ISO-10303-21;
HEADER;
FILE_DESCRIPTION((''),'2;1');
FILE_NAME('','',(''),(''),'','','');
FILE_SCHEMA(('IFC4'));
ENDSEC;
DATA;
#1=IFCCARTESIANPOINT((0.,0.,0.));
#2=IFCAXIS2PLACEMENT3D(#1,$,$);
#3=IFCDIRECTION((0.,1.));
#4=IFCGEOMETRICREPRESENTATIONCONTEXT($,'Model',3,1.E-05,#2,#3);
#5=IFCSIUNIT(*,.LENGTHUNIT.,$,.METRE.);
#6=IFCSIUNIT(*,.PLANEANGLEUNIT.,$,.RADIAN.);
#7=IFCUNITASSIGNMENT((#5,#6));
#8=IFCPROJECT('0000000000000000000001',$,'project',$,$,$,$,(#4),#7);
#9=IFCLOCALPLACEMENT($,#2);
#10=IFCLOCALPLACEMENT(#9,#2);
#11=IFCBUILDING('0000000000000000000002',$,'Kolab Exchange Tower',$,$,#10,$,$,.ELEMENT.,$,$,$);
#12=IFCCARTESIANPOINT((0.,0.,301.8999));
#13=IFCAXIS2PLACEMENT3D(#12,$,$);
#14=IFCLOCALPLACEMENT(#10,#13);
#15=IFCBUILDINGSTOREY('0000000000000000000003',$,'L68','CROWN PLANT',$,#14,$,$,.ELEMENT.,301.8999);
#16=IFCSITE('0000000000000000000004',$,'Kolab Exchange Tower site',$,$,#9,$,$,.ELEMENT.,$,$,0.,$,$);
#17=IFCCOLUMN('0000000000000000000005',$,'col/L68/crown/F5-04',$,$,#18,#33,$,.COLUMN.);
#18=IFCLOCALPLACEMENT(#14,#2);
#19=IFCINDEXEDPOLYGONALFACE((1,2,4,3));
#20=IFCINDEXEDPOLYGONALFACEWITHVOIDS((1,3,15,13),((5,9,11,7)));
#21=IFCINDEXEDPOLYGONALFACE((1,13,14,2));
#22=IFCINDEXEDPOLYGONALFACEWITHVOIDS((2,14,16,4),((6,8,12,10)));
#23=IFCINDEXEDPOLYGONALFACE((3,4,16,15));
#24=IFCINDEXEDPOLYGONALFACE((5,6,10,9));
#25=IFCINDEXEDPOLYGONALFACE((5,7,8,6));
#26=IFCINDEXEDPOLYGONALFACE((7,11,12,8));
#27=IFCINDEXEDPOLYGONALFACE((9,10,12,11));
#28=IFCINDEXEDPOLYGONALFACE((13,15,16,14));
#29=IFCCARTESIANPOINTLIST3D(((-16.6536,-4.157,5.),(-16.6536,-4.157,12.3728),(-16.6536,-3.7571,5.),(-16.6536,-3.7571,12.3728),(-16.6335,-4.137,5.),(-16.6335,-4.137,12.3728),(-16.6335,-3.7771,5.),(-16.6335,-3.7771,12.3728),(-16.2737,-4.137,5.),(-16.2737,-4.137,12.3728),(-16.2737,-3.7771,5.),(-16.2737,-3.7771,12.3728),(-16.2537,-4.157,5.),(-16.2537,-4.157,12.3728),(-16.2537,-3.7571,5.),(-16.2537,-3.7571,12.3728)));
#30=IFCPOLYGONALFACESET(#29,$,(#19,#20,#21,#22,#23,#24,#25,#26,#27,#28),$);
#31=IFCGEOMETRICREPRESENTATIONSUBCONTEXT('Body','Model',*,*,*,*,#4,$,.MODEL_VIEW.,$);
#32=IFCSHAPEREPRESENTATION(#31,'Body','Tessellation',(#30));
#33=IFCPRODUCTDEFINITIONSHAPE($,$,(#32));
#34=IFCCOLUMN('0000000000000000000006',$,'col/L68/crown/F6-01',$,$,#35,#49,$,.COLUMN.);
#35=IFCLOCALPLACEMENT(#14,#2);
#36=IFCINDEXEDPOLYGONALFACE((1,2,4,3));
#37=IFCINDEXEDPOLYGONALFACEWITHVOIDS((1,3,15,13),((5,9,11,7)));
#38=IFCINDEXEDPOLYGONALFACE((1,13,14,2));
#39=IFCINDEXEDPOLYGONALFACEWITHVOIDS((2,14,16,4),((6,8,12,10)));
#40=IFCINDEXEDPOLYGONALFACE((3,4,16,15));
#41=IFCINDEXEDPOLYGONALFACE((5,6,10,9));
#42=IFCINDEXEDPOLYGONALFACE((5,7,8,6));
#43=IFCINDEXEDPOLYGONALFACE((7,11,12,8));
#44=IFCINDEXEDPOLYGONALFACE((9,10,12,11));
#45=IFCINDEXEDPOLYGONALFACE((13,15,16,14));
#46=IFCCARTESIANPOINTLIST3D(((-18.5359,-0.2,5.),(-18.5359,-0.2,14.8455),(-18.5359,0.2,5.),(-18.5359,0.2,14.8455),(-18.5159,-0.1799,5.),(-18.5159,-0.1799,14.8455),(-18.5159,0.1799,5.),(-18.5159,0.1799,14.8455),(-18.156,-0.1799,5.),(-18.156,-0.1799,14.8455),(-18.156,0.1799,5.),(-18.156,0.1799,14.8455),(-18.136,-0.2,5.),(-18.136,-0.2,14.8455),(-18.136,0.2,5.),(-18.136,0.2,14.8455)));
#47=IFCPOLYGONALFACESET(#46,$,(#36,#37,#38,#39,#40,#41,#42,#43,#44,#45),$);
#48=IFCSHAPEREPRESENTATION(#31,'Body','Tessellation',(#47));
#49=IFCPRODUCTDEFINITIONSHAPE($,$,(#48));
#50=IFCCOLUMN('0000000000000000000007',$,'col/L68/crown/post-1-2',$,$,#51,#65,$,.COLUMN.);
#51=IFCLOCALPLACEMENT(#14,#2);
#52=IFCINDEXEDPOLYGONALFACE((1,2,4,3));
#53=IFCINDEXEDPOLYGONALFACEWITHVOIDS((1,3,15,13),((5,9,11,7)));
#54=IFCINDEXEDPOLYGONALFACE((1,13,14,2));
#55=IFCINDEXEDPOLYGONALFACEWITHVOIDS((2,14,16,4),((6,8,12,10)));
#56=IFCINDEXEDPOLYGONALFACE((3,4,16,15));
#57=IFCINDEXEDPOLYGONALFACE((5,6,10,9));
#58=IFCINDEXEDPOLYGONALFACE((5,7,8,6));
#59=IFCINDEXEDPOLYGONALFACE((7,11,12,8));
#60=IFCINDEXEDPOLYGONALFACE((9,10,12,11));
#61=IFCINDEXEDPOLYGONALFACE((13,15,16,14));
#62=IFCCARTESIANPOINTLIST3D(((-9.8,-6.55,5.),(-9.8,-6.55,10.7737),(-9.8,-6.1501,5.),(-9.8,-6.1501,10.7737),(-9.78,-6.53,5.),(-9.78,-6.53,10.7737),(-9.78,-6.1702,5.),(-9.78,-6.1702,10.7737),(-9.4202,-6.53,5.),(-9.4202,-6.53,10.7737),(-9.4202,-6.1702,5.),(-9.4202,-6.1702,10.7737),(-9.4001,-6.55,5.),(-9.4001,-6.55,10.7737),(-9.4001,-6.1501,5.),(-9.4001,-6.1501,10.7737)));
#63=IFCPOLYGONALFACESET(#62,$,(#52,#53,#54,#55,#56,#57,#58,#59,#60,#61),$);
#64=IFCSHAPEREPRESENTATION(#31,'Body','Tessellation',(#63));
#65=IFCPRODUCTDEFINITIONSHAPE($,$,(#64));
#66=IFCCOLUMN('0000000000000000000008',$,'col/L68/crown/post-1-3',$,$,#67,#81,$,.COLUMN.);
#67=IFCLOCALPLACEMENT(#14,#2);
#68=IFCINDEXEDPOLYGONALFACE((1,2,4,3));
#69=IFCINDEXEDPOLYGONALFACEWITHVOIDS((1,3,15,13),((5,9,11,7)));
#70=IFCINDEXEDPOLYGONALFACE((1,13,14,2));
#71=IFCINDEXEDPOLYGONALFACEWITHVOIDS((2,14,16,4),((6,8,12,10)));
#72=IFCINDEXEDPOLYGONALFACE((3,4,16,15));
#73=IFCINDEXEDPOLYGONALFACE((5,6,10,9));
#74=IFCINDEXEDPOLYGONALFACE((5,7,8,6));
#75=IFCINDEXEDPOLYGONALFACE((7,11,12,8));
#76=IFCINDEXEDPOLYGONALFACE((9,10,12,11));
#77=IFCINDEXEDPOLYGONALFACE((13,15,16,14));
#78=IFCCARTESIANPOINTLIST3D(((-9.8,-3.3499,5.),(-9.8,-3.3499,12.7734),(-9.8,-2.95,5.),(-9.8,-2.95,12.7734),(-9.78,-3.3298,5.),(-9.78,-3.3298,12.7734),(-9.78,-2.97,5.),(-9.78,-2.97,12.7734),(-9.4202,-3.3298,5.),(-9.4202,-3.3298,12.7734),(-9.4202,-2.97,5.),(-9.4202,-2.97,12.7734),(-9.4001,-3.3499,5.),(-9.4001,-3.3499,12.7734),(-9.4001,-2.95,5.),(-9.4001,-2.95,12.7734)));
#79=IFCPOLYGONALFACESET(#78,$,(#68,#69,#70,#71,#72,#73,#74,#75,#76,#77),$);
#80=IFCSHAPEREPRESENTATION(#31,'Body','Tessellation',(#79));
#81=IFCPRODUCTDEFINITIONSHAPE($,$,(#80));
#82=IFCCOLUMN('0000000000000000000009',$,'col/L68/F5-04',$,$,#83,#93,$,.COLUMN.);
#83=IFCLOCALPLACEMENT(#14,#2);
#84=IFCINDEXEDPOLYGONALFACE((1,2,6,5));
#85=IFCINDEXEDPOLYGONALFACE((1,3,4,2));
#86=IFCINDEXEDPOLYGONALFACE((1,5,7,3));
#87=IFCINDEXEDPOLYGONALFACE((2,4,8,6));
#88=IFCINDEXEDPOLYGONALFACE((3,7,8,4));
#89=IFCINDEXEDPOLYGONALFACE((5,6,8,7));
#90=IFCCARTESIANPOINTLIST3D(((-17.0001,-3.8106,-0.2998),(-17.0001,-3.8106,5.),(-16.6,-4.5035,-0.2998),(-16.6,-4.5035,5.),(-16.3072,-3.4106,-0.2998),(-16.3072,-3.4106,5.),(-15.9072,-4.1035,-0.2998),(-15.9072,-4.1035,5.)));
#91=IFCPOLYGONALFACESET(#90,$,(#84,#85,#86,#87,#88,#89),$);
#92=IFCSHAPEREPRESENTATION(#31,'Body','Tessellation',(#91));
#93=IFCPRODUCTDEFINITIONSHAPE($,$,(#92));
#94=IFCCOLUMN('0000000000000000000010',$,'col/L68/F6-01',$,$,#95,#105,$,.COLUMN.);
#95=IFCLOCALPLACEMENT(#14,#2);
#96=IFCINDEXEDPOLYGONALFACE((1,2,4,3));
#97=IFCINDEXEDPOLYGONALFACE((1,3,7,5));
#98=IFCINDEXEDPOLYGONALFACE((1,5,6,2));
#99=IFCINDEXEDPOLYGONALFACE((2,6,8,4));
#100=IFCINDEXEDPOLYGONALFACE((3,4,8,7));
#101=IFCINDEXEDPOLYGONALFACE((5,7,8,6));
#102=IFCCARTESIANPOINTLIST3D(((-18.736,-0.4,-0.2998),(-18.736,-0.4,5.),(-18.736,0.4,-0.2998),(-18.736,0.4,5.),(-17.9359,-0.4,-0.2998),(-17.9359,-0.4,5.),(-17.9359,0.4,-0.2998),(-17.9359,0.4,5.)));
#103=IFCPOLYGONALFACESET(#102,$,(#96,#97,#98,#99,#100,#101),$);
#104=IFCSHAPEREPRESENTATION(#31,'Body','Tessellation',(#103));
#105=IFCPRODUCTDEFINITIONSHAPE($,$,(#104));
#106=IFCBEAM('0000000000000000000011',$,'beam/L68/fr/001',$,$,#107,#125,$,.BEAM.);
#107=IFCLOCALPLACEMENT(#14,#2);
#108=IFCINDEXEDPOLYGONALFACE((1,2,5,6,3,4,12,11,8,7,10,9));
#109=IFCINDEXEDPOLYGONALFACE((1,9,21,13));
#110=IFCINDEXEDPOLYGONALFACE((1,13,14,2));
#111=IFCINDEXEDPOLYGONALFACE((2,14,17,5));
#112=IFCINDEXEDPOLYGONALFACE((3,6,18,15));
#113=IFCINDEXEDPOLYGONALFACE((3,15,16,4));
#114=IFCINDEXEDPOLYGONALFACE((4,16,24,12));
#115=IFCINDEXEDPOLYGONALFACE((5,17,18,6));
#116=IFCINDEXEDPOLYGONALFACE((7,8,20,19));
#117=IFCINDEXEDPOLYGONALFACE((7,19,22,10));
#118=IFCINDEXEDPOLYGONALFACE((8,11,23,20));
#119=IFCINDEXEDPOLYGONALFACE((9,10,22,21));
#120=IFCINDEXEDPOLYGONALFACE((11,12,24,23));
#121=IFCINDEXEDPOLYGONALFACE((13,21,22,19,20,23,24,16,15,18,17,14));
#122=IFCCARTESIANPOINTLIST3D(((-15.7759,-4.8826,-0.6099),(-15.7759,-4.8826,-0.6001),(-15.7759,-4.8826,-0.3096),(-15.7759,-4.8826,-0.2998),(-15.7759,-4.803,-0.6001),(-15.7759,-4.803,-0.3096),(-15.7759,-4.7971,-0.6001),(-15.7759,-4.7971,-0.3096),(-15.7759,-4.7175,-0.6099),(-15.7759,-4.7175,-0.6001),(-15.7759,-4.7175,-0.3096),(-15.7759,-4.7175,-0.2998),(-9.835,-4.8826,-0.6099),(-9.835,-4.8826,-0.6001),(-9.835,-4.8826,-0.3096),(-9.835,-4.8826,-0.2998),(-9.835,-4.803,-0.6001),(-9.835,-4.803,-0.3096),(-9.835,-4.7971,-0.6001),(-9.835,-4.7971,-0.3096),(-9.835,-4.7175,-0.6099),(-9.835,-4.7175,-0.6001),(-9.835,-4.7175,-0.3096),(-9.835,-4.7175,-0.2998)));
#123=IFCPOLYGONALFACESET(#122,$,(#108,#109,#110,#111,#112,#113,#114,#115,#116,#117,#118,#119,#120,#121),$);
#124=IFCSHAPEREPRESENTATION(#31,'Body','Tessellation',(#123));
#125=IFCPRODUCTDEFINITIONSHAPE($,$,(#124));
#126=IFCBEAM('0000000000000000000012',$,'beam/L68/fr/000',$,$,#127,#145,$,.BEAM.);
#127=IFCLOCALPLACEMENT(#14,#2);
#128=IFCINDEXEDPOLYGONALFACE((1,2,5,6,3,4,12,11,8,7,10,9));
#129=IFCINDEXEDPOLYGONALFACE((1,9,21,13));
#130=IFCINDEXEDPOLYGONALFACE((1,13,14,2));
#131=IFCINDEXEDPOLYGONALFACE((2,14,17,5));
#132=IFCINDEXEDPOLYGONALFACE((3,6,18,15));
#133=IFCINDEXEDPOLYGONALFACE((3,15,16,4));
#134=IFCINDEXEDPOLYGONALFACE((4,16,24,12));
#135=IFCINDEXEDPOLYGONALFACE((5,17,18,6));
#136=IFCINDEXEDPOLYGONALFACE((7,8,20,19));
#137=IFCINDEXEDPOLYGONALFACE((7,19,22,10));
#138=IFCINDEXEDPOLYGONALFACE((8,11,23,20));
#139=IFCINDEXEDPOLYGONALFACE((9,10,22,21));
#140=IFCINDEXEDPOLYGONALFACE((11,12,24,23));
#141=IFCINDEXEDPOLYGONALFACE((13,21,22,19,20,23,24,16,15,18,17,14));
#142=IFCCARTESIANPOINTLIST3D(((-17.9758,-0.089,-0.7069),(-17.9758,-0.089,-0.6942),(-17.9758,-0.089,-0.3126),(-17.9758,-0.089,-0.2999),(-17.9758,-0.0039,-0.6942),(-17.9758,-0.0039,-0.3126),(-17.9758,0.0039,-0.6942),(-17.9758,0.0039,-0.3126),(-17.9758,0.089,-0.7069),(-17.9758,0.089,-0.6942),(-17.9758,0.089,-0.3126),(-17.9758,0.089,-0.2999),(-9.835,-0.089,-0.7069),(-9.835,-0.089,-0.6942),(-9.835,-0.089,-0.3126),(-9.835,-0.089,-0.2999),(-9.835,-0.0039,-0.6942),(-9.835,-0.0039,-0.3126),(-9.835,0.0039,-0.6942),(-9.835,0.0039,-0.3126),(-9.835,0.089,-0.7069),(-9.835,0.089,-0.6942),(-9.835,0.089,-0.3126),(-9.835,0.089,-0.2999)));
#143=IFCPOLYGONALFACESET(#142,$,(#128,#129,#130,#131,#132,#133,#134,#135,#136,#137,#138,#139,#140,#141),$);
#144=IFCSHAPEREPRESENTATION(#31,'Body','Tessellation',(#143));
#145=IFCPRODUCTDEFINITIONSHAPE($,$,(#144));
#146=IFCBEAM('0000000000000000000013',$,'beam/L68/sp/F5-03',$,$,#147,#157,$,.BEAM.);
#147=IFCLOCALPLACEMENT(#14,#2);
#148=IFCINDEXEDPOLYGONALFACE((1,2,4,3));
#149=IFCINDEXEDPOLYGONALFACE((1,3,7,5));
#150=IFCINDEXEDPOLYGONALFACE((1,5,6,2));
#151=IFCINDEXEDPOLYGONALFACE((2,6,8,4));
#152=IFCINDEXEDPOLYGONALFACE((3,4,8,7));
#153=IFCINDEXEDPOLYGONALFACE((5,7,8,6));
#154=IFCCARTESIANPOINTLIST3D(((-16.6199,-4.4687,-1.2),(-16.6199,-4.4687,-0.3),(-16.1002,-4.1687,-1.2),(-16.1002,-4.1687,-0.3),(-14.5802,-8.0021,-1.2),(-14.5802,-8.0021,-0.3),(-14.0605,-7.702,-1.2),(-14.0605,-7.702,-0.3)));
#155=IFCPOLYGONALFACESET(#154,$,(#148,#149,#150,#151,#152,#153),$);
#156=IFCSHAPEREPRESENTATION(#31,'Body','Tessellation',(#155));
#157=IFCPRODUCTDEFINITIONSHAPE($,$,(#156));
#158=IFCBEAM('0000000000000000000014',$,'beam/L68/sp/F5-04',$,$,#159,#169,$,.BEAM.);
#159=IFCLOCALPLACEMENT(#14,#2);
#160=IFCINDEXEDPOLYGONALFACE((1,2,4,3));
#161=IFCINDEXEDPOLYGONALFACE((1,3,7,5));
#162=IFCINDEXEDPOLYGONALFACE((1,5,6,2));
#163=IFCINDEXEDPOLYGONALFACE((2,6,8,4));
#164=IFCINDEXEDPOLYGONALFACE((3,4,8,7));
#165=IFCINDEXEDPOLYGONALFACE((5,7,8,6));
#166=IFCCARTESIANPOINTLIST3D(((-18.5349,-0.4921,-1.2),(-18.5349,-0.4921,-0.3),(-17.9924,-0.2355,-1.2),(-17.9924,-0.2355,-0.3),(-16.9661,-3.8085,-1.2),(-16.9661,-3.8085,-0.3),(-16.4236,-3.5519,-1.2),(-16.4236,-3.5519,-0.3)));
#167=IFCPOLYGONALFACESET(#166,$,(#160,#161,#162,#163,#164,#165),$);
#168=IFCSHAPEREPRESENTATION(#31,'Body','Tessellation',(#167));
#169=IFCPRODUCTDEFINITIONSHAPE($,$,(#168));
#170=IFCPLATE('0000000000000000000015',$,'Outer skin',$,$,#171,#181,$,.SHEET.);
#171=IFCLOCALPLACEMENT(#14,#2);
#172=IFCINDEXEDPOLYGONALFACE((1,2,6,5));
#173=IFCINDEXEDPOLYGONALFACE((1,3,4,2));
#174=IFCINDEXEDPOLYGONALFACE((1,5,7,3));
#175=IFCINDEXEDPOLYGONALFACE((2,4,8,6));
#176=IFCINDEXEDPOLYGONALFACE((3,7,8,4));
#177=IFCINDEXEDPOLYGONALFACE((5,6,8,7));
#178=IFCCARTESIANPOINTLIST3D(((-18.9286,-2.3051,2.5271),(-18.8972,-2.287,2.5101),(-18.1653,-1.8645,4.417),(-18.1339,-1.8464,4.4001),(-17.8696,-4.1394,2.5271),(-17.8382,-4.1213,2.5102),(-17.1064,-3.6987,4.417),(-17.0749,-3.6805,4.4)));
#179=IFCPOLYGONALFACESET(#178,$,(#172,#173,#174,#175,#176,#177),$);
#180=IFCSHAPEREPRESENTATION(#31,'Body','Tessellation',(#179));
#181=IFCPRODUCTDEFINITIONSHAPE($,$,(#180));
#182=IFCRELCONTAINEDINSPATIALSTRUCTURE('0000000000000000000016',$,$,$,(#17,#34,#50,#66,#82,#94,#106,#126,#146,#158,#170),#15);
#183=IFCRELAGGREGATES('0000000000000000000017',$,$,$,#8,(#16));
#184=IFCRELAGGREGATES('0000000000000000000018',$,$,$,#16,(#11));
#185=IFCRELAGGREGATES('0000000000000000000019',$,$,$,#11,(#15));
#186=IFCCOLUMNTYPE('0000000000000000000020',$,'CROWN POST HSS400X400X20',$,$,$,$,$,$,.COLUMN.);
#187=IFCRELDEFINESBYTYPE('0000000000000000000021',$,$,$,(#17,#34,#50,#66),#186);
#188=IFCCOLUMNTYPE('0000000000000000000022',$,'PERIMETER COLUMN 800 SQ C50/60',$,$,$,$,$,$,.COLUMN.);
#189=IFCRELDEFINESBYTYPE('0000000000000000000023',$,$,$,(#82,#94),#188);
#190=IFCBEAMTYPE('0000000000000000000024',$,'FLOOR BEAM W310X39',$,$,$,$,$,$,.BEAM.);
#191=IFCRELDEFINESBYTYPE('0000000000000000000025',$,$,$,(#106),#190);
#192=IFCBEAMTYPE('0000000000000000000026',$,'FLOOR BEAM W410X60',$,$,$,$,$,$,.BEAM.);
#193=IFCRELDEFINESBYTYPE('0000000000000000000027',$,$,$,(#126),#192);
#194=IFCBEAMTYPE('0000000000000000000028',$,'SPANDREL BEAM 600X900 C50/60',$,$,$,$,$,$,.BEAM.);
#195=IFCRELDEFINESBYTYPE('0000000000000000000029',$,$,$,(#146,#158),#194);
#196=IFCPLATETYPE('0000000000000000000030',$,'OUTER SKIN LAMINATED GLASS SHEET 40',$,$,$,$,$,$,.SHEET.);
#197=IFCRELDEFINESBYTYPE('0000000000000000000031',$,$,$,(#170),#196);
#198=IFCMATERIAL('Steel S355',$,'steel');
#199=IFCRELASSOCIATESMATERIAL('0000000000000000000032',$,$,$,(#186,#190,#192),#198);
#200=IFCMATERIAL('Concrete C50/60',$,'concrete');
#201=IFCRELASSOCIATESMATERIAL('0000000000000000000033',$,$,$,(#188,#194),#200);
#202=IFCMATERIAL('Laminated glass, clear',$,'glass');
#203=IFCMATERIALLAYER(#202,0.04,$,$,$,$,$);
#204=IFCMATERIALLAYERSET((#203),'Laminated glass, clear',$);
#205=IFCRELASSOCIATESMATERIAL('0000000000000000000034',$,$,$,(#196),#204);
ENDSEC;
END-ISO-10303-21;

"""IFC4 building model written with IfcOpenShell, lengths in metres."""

from ifc_helpers import new_model, si_unit, direction, frame, origin, origin_2d, place, context, subcontext, project, spatial, polyline, rectangle, hollow_rectangle, i_section, outline, extrude, material, layer, layer_set, material_profile, profile_set, type_object, element, save


model = new_model("IFC4")

# Units and contexts
model_context = context("Model", 3, precision=1e-05, world=origin(), true_north=direction((0.0, 1.0)))
body_context = subcontext(model_context, "Body", "Model", "MODEL_VIEW")
ifc_project = project(units=[si_unit("LENGTHUNIT", "METRE"), si_unit("PLANEANGLEUNIT", "RADIAN")], contexts=[model_context])

# Site, building, storey
site_placement = place(None, origin())
site = spatial("IfcSite", under=ifc_project, at=site_placement, Name="Kolab Exchange Tower site", CompositionType="ELEMENT", RefElevation=0.0)
building_placement = place(site_placement, origin())
building = spatial("IfcBuilding", under=site, at=building_placement, Name="Kolab Exchange Tower", CompositionType="ELEMENT")
storey_placement = place(building_placement, frame((0.0, 0.0, 301.8999)))
storey = spatial("IfcBuildingStorey", under=building, at=storey_placement, Name="L68", Description="CROWN PLANT", CompositionType="ELEMENT", Elevation=301.8999)

# Columns
ifc_material_1 = material(Name="Steel S355", Category="steel")
ifc_material_profile_1 = material_profile(ifc_material_1, hollow_rectangle(XDim=0.3999, YDim=0.3999, WallThickness=0.02, at=origin_2d()), Name="HSS400X400X20")
ifc_profile_set_1 = profile_set([ifc_material_profile_1], Name="Steel S355")
column_type_1 = type_object("IfcColumnType", Name="CROWN POST HSS400X400X20", PredefinedType="COLUMN", material=ifc_profile_set_1)
column_1_placement = place(storey_placement, frame((-16.4536, -3.957, 5.0), z_axis=(0.0, 0.0, 1.0), x_axis=(1.0, 0.0, 0.0)))
element("IfcColumn", 1, at=column_1_placement, inside=storey, type_object=column_type_1, Name="col/L68/crown/F5-04", PredefinedType="COLUMN", context=body_context, shape_type="SweptSolid", body=[
    extrude(hollow_rectangle(XDim=0.3999, YDim=0.3999, WallThickness=0.02, at=origin_2d()), origin(), (0.0, 0.0, 1.0), 7.3728),
])
column_2_placement = place(storey_placement, frame((-18.3359, 0.0, 5.0), z_axis=(0.0, 0.0, 1.0), x_axis=(1.0, 0.0, 0.0)))
element("IfcColumn", 2, at=column_2_placement, inside=storey, type_object=column_type_1, Name="col/L68/crown/F6-01", PredefinedType="COLUMN", context=body_context, shape_type="SweptSolid", body=[
    extrude(hollow_rectangle(XDim=0.3999, YDim=0.3999, WallThickness=0.02, at=origin_2d()), origin(), (0.0, 0.0, 1.0), 9.8455),
])
column_3_placement = place(storey_placement, frame((-9.6001, -6.3501, 5.0), z_axis=(0.0, 0.0, 1.0), x_axis=(1.0, 0.0, 0.0)))
element("IfcColumn", 3, at=column_3_placement, inside=storey, type_object=column_type_1, Name="col/L68/crown/post-1-2", PredefinedType="COLUMN", context=body_context, shape_type="SweptSolid", body=[
    extrude(hollow_rectangle(XDim=0.3999, YDim=0.3999, WallThickness=0.02, at=origin_2d()), origin(), (0.0, 0.0, 1.0), 5.7737),
])
column_4_placement = place(storey_placement, frame((-9.6001, -3.1499, 5.0), z_axis=(0.0, 0.0, 1.0), x_axis=(1.0, 0.0, 0.0)))
element("IfcColumn", 4, at=column_4_placement, inside=storey, type_object=column_type_1, Name="col/L68/crown/post-1-3", PredefinedType="COLUMN", context=body_context, shape_type="SweptSolid", body=[
    extrude(hollow_rectangle(XDim=0.3999, YDim=0.3999, WallThickness=0.02, at=origin_2d()), origin(), (0.0, 0.0, 1.0), 7.7734),
])
ifc_material_2 = material(Name="Concrete C50/60", Category="concrete")
ifc_material_profile_2 = material_profile(ifc_material_2, rectangle(XDim=0.8, YDim=0.8, at=origin_2d()), Name="RC800")
ifc_profile_set_2 = profile_set([ifc_material_profile_2], Name="Concrete C50/60")
column_type_2 = type_object("IfcColumnType", Name="PERIMETER COLUMN 800 SQ C50/60", PredefinedType="COLUMN", material=ifc_profile_set_2)
for number, where, z_axis, x_axis, name in (
    (5, (-16.4536, -3.957, -0.2998), (0.0, 0.0, 1.0), (0.866025, 0.5, 0.0), "col/L68/F5-04"),
    (6, (-18.3359, 0.0, -0.2998), (0.0, 0.0, 1.0), (1.0, 0.0, 0.0), "col/L68/F6-01"),
):
    element("IfcColumn", number, at=place(storey_placement, frame(where, z_axis=z_axis, x_axis=x_axis)), inside=storey, type_object=column_type_2, Name=name, PredefinedType="COLUMN", context=body_context, shape_type="SweptSolid", body=[
        extrude(rectangle(XDim=0.8, YDim=0.8, at=origin_2d()), origin(), (0.0, 0.0, 1.0), 5.2998),
    ])

# Beams
ifc_material_profile_3 = material_profile(ifc_material_1, i_section(OverallWidth=0.165, OverallDepth=0.3101, WebThickness=0.0059, FlangeThickness=0.0098, at=origin_2d()), Name="W310X39")
ifc_profile_set_3 = profile_set([ifc_material_profile_3], Name="Steel S355")
beam_type_1 = type_object("IfcBeamType", Name="FLOOR BEAM W310X39", PredefinedType="BEAM", material=ifc_profile_set_3)
beam_1_placement = place(storey_placement, frame((-15.7759, -4.8, -0.4548), z_axis=(1.0, 0.0, 0.0), x_axis=(0.0, 1.0, 0.0)))
element("IfcBeam", 7, at=beam_1_placement, inside=storey, type_object=beam_type_1, Name="beam/L68/fr/001", PredefinedType="BEAM", context=body_context, shape_type="SweptSolid", body=[
    extrude(i_section(OverallWidth=0.165, OverallDepth=0.3101, WebThickness=0.0059, FlangeThickness=0.0098, at=origin_2d()), origin(), (0.0, 0.0, 1.0), 5.9409),
])
ifc_material_profile_4 = material_profile(ifc_material_1, i_section(OverallWidth=0.178, OverallDepth=0.407, WebThickness=0.0078, FlangeThickness=0.0127, at=origin_2d()), Name="W410X60")
ifc_profile_set_4 = profile_set([ifc_material_profile_4], Name="Steel S355")
beam_type_2 = type_object("IfcBeamType", Name="FLOOR BEAM W410X60", PredefinedType="BEAM", material=ifc_profile_set_4)
beam_2_placement = place(storey_placement, frame((-17.9758, 0.0, -0.5034), z_axis=(1.0, 0.0, 0.0), x_axis=(0.0, 1.0, 0.0)))
element("IfcBeam", 8, at=beam_2_placement, inside=storey, type_object=beam_type_2, Name="beam/L68/fr/000", PredefinedType="BEAM", context=body_context, shape_type="SweptSolid", body=[
    extrude(i_section(OverallWidth=0.178, OverallDepth=0.407, WebThickness=0.0078, FlangeThickness=0.0127, at=origin_2d()), origin(), (0.0, 0.0, 1.0), 8.1409),
])
ifc_material_profile_5 = material_profile(ifc_material_2, rectangle(XDim=0.6001, YDim=0.8999, at=origin_2d()), Name="RC600X900")
ifc_profile_set_5 = profile_set([ifc_material_profile_5], Name="Concrete C50/60")
beam_type_3 = type_object("IfcBeamType", Name="SPANDREL BEAM 600X900 C50/60", PredefinedType="BEAM", material=ifc_profile_set_5)
beam_3_placement = place(storey_placement, frame((-14.3203, -7.8521, -0.75), z_axis=(-0.499956, 0.866051, 0.0), x_axis=(-0.866051, -0.499956, 0.0)))
element("IfcBeam", 9, at=beam_3_placement, inside=storey, type_object=beam_type_3, Name="beam/L68/sp/F5-03", PredefinedType="BEAM", context=body_context, shape_type="SweptSolid", body=[
    extrude(rectangle(XDim=0.6001, YDim=0.8999, at=origin_2d()), origin(), (0.0, 0.0, 1.0), 4.0798),
])
beam_4_placement = place(storey_placement, frame((-16.6948, -3.6802, -0.75), z_axis=(-0.427623, 0.903957, 0.0), x_axis=(-0.903957, -0.427623, 0.0)))
element("IfcBeam", 10, at=beam_4_placement, inside=storey, type_object=beam_type_3, Name="beam/L68/sp/F5-04", PredefinedType="BEAM", context=body_context, shape_type="SweptSolid", body=[
    extrude(rectangle(XDim=0.6001, YDim=0.8999, at=origin_2d()), origin(), (0.0, 0.0, 1.0), 3.6687),
])

# Plate
ifc_material_3 = material(Name="Laminated glass, clear", Category="glass")
ifc_layer_1 = layer(ifc_material_3, 0.04)
ifc_layer_set_1 = layer_set([ifc_layer_1], Name="Laminated glass, clear")
plate_type = type_object("IfcPlateType", Name="OUTER SKIN LAMINATED GLASS SHEET 40", PredefinedType="SHEET", material=ifc_layer_set_1)
plate_placement = place(storey_placement, frame((-17.8696, -4.1394, 2.5271), z_axis=(-0.784874, -0.453134, 0.422661), x_axis=(-0.499996, 0.866028, -0.000019)))
element("IfcPlate", 11, at=plate_placement, inside=storey, type_object=plate_type, Name="Outer skin", PredefinedType="SHEET", context=body_context, shape_type="SweptSolid", body=[
    extrude(outline(polyline([(0.0, 0.0), (2.118, 0.0), (2.1179, -2.0854), (0.0, -2.0853), (0.0, 0.0)])), origin(), (0.0, 0.0, -1.0), 0.04),
])

save(model, "model.ifc")
